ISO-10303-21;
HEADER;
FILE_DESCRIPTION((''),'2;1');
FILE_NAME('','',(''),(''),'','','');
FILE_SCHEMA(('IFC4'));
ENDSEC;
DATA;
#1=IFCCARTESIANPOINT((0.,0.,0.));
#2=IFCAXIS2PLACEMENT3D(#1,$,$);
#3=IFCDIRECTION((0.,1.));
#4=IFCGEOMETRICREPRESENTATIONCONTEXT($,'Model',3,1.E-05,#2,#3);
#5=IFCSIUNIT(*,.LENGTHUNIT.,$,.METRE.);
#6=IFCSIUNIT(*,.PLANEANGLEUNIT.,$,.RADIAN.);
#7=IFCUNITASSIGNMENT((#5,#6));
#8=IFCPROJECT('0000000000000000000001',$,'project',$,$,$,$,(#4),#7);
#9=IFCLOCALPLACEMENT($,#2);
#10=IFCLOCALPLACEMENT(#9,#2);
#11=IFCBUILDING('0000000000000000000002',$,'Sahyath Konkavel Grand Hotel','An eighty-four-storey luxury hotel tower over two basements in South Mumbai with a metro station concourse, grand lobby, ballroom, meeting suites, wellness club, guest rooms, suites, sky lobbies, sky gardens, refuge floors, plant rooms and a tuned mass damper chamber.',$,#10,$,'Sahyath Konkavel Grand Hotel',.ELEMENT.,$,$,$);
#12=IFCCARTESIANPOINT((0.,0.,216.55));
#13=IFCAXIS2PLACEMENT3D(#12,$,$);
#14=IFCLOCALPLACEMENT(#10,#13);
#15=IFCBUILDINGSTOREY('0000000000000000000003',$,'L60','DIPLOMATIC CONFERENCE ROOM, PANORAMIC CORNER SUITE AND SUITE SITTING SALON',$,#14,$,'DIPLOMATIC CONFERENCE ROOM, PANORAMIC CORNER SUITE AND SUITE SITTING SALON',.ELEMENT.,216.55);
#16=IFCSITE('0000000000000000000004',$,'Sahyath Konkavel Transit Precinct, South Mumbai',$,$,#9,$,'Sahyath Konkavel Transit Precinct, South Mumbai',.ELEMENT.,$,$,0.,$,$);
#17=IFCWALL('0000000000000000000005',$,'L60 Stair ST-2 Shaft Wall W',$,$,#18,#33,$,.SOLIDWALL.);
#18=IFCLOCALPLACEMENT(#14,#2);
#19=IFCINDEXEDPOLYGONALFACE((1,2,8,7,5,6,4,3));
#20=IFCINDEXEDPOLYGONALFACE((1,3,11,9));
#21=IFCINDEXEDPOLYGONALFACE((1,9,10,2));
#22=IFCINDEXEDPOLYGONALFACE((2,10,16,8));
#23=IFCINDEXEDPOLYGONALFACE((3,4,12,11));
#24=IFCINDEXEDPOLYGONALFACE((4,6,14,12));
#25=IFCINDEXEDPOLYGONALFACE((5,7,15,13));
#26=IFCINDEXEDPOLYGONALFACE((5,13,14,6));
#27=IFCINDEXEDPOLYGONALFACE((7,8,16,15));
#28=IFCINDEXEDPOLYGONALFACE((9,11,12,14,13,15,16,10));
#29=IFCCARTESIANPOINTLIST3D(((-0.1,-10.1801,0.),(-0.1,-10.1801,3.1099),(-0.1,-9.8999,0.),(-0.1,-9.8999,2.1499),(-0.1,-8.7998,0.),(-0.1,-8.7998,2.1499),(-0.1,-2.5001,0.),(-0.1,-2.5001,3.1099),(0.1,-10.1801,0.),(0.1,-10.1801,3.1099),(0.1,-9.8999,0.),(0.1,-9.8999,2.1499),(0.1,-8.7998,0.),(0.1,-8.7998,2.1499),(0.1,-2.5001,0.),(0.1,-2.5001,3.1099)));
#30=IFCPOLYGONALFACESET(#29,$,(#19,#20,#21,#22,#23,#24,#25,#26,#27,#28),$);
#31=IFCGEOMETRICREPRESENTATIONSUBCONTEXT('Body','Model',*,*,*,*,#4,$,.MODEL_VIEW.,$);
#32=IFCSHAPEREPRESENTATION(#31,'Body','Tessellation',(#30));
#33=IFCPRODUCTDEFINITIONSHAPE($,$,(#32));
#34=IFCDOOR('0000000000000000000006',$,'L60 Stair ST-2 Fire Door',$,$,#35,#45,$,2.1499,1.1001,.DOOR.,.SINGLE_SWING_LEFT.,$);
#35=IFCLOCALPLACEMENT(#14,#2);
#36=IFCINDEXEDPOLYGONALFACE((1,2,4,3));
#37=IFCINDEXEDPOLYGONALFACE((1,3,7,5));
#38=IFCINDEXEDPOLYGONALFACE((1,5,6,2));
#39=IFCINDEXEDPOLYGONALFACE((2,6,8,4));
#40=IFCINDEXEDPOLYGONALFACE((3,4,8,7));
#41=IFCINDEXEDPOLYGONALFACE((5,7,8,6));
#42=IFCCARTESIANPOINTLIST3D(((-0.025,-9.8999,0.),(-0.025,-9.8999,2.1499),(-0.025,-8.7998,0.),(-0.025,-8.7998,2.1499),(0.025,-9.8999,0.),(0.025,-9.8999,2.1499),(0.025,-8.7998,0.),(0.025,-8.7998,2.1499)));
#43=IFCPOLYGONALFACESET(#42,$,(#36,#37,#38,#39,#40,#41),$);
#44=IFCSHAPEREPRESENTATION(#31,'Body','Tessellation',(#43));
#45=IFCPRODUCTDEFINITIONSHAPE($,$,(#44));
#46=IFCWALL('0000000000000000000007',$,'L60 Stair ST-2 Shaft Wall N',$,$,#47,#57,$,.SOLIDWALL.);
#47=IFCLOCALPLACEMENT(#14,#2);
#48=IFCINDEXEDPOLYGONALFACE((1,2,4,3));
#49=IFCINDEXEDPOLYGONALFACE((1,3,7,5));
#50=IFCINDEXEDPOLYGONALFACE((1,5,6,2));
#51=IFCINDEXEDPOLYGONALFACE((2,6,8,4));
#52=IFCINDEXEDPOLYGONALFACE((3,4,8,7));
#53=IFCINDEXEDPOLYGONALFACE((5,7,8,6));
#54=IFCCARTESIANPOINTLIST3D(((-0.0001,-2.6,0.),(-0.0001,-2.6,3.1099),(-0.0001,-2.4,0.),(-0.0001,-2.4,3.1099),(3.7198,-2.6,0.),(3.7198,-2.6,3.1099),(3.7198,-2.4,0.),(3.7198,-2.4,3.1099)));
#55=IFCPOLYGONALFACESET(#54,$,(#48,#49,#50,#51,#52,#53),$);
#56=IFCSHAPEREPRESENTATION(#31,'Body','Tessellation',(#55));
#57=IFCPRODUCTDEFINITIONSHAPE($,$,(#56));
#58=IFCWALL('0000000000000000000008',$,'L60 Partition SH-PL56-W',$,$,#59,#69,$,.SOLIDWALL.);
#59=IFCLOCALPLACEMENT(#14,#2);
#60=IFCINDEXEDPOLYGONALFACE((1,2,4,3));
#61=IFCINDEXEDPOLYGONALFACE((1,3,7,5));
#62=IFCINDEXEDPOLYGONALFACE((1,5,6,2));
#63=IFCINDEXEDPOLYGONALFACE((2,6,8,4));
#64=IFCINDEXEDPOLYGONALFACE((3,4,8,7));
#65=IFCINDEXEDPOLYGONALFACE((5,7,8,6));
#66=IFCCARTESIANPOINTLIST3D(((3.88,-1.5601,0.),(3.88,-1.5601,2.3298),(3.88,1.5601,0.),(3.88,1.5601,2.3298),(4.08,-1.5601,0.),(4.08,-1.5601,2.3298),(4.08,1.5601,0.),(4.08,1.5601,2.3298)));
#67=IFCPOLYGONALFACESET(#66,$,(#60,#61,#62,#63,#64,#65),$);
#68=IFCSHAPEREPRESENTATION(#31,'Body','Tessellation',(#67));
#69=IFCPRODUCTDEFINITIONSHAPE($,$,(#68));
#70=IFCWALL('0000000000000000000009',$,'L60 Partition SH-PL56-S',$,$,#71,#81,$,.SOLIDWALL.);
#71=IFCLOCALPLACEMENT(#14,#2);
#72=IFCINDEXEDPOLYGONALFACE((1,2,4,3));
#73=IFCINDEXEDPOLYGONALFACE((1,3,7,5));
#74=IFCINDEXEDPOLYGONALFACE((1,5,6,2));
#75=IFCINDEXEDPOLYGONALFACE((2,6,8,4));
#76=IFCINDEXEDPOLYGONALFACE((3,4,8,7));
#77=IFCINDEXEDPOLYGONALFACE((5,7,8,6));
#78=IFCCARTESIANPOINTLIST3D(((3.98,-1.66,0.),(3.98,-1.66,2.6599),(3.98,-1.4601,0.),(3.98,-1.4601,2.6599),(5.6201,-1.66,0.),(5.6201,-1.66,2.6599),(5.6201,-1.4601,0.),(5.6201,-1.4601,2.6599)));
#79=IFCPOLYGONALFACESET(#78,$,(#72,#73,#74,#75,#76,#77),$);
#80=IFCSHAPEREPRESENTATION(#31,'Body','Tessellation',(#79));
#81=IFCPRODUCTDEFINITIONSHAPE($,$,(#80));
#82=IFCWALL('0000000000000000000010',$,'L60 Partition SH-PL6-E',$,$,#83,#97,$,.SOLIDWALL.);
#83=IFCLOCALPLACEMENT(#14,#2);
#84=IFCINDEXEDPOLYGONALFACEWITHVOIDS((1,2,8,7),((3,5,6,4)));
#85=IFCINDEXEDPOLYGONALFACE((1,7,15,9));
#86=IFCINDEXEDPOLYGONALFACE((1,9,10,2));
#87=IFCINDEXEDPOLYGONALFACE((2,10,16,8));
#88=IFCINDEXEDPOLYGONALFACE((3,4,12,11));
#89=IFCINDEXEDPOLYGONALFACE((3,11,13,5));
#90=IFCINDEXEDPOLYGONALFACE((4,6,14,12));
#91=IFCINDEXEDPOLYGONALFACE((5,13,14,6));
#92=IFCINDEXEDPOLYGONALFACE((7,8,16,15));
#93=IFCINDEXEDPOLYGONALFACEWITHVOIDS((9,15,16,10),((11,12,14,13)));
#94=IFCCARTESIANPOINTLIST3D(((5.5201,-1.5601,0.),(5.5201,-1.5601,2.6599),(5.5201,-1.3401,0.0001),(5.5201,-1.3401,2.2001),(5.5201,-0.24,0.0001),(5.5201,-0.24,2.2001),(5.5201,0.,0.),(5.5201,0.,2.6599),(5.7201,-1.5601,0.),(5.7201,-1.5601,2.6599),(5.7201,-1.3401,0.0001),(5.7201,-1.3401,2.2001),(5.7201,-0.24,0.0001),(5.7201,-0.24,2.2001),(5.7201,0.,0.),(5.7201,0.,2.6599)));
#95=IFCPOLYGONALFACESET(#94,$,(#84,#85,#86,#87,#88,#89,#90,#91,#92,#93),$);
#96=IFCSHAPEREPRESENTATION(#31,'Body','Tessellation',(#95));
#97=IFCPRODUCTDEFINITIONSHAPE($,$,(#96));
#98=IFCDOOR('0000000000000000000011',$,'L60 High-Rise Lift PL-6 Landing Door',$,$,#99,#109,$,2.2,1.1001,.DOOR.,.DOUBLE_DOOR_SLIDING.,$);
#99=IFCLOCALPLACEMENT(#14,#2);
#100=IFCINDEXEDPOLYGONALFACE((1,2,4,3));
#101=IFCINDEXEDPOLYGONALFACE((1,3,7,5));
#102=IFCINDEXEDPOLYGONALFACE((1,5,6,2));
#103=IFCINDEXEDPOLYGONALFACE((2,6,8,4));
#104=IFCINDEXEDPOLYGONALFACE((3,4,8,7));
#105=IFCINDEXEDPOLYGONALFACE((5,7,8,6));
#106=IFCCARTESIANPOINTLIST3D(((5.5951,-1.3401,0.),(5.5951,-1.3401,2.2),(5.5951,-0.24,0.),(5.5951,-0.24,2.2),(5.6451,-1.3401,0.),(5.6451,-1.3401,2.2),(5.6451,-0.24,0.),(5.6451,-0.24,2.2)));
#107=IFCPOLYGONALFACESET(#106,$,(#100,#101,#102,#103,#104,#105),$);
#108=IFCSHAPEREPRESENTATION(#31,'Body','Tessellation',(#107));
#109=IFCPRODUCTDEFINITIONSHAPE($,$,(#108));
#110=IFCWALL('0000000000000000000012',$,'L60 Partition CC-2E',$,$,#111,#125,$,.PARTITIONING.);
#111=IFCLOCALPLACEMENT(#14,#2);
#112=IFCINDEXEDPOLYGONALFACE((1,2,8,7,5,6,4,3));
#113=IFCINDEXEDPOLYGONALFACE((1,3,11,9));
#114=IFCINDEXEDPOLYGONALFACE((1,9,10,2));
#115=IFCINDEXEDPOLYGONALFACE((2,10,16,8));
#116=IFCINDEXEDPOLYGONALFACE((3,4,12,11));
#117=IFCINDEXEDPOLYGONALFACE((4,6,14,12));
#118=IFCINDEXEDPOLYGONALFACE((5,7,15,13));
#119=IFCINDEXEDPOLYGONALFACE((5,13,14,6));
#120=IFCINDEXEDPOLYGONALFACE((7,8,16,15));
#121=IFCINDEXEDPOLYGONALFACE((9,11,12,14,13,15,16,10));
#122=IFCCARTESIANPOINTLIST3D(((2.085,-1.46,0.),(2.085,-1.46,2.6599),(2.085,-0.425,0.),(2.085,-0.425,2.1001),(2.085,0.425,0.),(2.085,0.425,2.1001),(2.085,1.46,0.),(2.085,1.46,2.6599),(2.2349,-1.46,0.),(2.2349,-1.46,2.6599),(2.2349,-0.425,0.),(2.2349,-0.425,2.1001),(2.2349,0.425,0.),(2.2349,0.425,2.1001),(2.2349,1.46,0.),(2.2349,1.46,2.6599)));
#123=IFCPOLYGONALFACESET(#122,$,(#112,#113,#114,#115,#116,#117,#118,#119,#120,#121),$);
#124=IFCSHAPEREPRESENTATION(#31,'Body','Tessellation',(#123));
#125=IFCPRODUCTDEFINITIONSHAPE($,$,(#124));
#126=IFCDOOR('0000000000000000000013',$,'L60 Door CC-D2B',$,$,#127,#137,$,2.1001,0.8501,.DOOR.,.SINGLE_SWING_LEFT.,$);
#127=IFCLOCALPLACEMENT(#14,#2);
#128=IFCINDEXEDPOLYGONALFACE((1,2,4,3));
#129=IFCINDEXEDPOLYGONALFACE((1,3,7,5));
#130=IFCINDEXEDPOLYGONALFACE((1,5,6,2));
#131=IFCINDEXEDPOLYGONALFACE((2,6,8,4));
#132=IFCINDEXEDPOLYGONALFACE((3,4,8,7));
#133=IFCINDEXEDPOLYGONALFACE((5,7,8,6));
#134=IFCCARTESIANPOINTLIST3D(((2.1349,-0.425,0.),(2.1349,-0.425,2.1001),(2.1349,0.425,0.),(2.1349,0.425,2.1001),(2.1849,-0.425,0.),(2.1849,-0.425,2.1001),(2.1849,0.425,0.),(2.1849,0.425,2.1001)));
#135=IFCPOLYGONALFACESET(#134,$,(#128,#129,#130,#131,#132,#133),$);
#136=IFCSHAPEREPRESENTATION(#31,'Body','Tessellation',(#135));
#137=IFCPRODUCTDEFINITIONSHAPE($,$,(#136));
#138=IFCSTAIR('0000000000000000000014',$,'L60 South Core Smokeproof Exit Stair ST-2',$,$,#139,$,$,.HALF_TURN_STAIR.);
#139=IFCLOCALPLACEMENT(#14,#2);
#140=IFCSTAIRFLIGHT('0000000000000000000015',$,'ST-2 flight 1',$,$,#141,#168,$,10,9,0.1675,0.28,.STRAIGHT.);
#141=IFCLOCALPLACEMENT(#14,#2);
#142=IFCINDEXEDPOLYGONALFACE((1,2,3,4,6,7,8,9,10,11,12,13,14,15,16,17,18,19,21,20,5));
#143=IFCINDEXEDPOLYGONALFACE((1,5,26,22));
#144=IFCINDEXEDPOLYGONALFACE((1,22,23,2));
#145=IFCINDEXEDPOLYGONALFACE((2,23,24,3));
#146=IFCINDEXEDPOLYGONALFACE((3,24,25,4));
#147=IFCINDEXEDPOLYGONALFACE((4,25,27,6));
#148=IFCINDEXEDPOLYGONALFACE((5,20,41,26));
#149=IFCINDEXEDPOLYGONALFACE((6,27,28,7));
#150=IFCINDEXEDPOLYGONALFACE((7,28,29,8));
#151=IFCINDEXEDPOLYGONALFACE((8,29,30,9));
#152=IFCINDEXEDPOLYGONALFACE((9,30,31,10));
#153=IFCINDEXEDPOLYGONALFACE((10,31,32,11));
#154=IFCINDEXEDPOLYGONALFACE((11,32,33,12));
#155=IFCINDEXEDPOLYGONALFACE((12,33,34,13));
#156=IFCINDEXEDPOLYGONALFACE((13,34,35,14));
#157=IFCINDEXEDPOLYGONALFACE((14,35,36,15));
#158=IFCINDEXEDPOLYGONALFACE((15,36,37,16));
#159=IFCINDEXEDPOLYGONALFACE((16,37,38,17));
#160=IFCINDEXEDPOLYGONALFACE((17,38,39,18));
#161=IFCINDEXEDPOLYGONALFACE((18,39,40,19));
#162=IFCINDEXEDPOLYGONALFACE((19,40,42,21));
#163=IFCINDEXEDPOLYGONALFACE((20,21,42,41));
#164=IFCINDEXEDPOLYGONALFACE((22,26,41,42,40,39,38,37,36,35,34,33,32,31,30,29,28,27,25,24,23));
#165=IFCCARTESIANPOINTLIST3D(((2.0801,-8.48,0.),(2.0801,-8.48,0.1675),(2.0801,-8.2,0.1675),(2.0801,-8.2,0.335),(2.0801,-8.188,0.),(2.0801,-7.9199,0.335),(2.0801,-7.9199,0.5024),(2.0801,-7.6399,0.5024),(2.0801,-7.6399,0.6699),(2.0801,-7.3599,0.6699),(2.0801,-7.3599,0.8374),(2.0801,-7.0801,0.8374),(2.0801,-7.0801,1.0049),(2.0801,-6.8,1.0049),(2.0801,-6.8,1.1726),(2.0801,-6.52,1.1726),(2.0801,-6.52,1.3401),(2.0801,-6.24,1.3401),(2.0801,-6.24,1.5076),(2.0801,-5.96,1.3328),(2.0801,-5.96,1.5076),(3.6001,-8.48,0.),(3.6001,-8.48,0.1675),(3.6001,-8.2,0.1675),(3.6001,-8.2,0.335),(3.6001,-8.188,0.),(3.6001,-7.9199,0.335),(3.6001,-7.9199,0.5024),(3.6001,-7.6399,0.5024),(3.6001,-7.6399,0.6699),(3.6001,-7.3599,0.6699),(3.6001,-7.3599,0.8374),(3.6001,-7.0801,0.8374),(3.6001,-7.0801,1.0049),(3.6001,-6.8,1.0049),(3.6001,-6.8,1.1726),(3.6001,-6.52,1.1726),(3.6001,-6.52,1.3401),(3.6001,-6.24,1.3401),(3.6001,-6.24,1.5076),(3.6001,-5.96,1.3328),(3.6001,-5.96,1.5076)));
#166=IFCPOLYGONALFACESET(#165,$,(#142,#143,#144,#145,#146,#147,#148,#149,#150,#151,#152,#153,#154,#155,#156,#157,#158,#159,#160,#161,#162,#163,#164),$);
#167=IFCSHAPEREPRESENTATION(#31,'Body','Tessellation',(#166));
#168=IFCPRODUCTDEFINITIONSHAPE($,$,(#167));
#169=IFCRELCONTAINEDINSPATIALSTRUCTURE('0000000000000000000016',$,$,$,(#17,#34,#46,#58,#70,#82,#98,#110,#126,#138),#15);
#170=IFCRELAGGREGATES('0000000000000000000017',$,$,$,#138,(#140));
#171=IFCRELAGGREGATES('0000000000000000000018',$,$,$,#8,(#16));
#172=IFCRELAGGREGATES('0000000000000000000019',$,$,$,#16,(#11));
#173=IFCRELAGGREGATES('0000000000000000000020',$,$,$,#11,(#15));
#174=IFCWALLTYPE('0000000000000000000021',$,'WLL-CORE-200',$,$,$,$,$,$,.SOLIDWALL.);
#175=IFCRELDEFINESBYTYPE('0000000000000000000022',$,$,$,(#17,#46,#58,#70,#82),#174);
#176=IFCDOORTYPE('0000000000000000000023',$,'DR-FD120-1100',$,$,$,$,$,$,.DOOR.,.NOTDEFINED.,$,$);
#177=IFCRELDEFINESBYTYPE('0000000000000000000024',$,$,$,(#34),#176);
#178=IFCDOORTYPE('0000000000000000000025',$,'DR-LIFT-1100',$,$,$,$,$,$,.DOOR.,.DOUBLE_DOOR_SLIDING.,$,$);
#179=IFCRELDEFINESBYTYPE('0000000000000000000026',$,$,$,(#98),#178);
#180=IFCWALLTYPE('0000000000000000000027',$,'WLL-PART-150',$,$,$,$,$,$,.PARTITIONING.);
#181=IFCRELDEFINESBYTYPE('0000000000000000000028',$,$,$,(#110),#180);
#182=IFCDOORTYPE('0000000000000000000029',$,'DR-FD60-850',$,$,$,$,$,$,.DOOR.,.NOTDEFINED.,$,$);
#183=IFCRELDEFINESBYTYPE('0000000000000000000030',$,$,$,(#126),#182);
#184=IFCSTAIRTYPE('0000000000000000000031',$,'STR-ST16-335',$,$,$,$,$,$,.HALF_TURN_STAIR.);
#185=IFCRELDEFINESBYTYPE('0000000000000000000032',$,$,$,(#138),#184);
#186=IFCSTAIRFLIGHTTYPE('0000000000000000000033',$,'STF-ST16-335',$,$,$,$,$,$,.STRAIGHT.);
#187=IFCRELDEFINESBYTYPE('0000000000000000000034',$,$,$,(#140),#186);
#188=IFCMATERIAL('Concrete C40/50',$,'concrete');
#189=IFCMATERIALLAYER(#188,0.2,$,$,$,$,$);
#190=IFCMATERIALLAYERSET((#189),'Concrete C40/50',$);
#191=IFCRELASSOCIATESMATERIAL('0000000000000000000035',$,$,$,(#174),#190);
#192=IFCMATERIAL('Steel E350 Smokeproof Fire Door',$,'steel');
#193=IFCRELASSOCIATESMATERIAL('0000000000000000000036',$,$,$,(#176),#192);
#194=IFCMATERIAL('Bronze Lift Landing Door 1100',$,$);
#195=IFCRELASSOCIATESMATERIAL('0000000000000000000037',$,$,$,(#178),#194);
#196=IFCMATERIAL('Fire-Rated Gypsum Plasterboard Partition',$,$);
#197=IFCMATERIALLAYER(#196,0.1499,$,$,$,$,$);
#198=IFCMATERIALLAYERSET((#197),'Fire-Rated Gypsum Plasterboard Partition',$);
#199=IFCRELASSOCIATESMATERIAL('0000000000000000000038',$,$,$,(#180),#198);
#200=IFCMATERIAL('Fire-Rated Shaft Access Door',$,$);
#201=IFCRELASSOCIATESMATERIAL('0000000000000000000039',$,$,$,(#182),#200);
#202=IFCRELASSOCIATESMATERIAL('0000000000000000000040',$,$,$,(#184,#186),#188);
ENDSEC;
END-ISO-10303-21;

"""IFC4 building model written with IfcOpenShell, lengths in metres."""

from ifc_helpers import new_model, si_unit, direction, frame, frame_2d, origin, origin_2d, place, context, subcontext, project, spatial, polyline, rectangle, outline, extrude, source, transform, mapped, material, layer, layer_set, type_object, element, fill, aggregate, save


model = new_model("IFC4")

# Units and contexts
model_context = context("Model", 3, precision=1e-05, world=origin(), true_north=direction((0.0, 1.0)))
body_context = subcontext(model_context, "Body", "Model", "MODEL_VIEW")
ifc_project = project(units=[si_unit("LENGTHUNIT", "METRE"), si_unit("PLANEANGLEUNIT", "RADIAN")], contexts=[model_context])

# Site, building, storey
site_placement = place(None, origin())
site = spatial("IfcSite", under=ifc_project, at=site_placement, Name="Sahyath Konkavel Transit Precinct, South Mumbai", LongName="Sahyath Konkavel Transit Precinct, South Mumbai", CompositionType="ELEMENT", RefElevation=0.0)
building_placement = place(site_placement, origin())
building = spatial("IfcBuilding", under=site, at=building_placement, Name="Sahyath Konkavel Grand Hotel", Description="An eighty-four-storey luxury hotel tower over two basements in South Mumbai with a metro station concourse, grand lobby, ballroom, meeting suites, wellness club, guest rooms, suites, sky lobbies, sky gardens, refuge floors, plant rooms and a tuned mass damper chamber.", LongName="Sahyath Konkavel Grand Hotel", CompositionType="ELEMENT")
storey_placement = place(building_placement, frame((0.0, 0.0, 216.55)))
storey = spatial("IfcBuildingStorey", under=building, at=storey_placement, Name="L60", Description="DIPLOMATIC CONFERENCE ROOM, PANORAMIC CORNER SUITE AND SUITE SITTING SALON", LongName="DIPLOMATIC CONFERENCE ROOM, PANORAMIC CORNER SUITE AND SUITE SITTING SALON", CompositionType="ELEMENT", Elevation=216.55)

# Shared definitions
ifc_material_1 = material(Name="Concrete C40/50", Category="concrete")

# Wall, opening, door
ifc_layer_1 = layer(ifc_material_1, 0.2)
ifc_layer_set_1 = layer_set([ifc_layer_1], Name="Concrete C40/50")
wall_type_1 = type_object("IfcWallType", Name="WLL-CORE-200", PredefinedType="SOLIDWALL", material=ifc_layer_set_1)
wall_1_placement = place(storey_placement, frame((0.0, -10.1799, 0.0), z_axis=(0.0, 0.0, 1.0), x_axis=(0.0, 1.0, 0.0)))
wall_1 = element("IfcWall", 1, at=wall_1_placement, inside=storey, type_object=wall_type_1, Name="L60 Stair ST-2 Shaft Wall W", PredefinedType="SOLIDWALL", context=body_context, shape_type="SweptSolid", body=[
    extrude(rectangle(XDim=7.6799, YDim=0.2, at=frame_2d((3.8398, 0.0))), origin(), (0.0, 0.0, 1.0), 3.1099),
])
opening_1_placement = place(wall_1_placement, frame((0.28, 0.0, 0.0)))
opening_1 = element("IfcOpeningElement", 2, at=opening_1_placement, cuts=wall_1, PredefinedType="OPENING", context=body_context, shape_type="SweptSolid", body=[
    extrude(rectangle(XDim=1.1001, YDim=2.1499, at=frame_2d((0.55, 1.075))), frame((0.0, 0.1099, 0.0), z_axis=(0.0, -1.0, 0.0), x_axis=(1.0, 0.0, 0.0)), (0.0, 0.0, 1.0), 0.22),
])
ifc_material_2 = material(Name="Steel E350 Smokeproof Fire Door", Category="steel")
door_type_1 = type_object("IfcDoorType", Name="DR-FD120-1100", OperationType="NOTDEFINED", PredefinedType="DOOR", material=ifc_material_2)
shared_shape_1 = source(origin(), body_context, "Body", "SweptSolid", [
    extrude(rectangle(XDim=1.1001, YDim=0.05, at=origin_2d()), origin(), (0.0, 0.0, 1.0), 2.1499),
])
door_1_placement = place(opening_1_placement, frame((0.55, 0.0, 0.0)))
door_1 = element("IfcDoor", 3, at=door_1_placement, inside=storey, type_object=door_type_1, Name="L60 Stair ST-2 Fire Door", OperationType="SINGLE_SWING_LEFT", OverallHeight=2.1499, OverallWidth=1.1001, PredefinedType="DOOR", context=body_context, shape_type="MappedRepresentation", body=[
    mapped(shared_shape_1, transform((0.0, 0.0, 0.0), scale=1.0)),
])
fill(opening_1, door_1)

# Walls
wall_2_placement = place(storey_placement, frame((0.0, -2.5, 0.0), z_axis=(0.0, 0.0, 1.0), x_axis=(1.0, 0.0, 0.0)))
element("IfcWall", 4, at=wall_2_placement, inside=storey, type_object=wall_type_1, Name="L60 Stair ST-2 Shaft Wall N", PredefinedType="SOLIDWALL", context=body_context, shape_type="SweptSolid", body=[
    extrude(rectangle(XDim=3.72, YDim=0.2, at=frame_2d((1.8599, 0.0))), origin(), (0.0, 0.0, 1.0), 3.1099),
])
wall_3_placement = place(storey_placement, frame((3.98, -1.5601, 0.0), z_axis=(0.0, 0.0, 1.0), x_axis=(0.0, 1.0, 0.0)))
element("IfcWall", 5, at=wall_3_placement, inside=storey, type_object=wall_type_1, Name="L60 Partition SH-PL56-W", PredefinedType="SOLIDWALL", context=body_context, shape_type="SweptSolid", body=[
    extrude(rectangle(XDim=3.1201, YDim=0.2, at=frame_2d((1.5601, 0.0))), origin(), (0.0, 0.0, 1.0), 2.3298),
])
wall_4_placement = place(storey_placement, frame((3.98, -1.5601, 0.0), z_axis=(0.0, 0.0, 1.0), x_axis=(1.0, 0.0, 0.0)))
element("IfcWall", 6, at=wall_4_placement, inside=storey, type_object=wall_type_1, Name="L60 Partition SH-PL56-S", PredefinedType="SOLIDWALL", context=body_context, shape_type="SweptSolid", body=[
    extrude(rectangle(XDim=1.6401, YDim=0.2, at=frame_2d((0.8201, 0.0))), origin(), (0.0, 0.0, 1.0), 2.6599),
])

# Walls, openings, doors
wall_5_placement = place(storey_placement, frame((5.6201, -1.5601, 0.0), z_axis=(0.0, 0.0, 1.0), x_axis=(0.0, 1.0, 0.0)))
wall_5 = element("IfcWall", 7, at=wall_5_placement, inside=storey, type_object=wall_type_1, Name="L60 Partition SH-PL6-E", PredefinedType="SOLIDWALL", context=body_context, shape_type="SweptSolid", body=[
    extrude(rectangle(XDim=1.5601, YDim=0.2, at=frame_2d((0.78, 0.0))), origin(), (0.0, 0.0, 1.0), 2.6599),
])
opening_2_placement = place(wall_5_placement, frame((0.22, 0.0, 0.0)))
opening_2 = element("IfcOpeningElement", 8, at=opening_2_placement, cuts=wall_5, PredefinedType="OPENING", context=body_context, shape_type="SweptSolid", body=[
    extrude(rectangle(XDim=1.1001, YDim=2.2, at=frame_2d((0.55, 1.1001))), frame((0.0, 0.1099, 0.0), z_axis=(0.0, -1.0, 0.0), x_axis=(1.0, 0.0, 0.0)), (0.0, 0.0, 1.0), 0.22),
])
ifc_material_3 = material(Name="Bronze Lift Landing Door 1100")
door_type_2 = type_object("IfcDoorType", Name="DR-LIFT-1100", OperationType="DOUBLE_DOOR_SLIDING", PredefinedType="DOOR", material=ifc_material_3)
shared_shape_2 = source(origin(), body_context, "Body", "SweptSolid", [
    extrude(rectangle(XDim=1.1001, YDim=0.05, at=origin_2d()), origin(), (0.0, 0.0, 1.0), 2.2),
])
door_2_placement = place(opening_2_placement, frame((0.55, 0.0, 0.0)))
door_2 = element("IfcDoor", 9, at=door_2_placement, inside=storey, type_object=door_type_2, Name="L60 High-Rise Lift PL-6 Landing Door", OperationType="DOUBLE_DOOR_SLIDING", OverallHeight=2.2, OverallWidth=1.1001, PredefinedType="DOOR", context=body_context, shape_type="MappedRepresentation", body=[
    mapped(shared_shape_2, transform((0.0, 0.0, 0.0), scale=1.0)),
])
fill(opening_2, door_2)
ifc_material_4 = material(Name="Fire-Rated Gypsum Plasterboard Partition")
ifc_layer_2 = layer(ifc_material_4, 0.1499)
ifc_layer_set_2 = layer_set([ifc_layer_2], Name="Fire-Rated Gypsum Plasterboard Partition")
wall_type_2 = type_object("IfcWallType", Name="WLL-PART-150", PredefinedType="PARTITIONING", material=ifc_layer_set_2)
wall_6_placement = place(storey_placement, frame((2.1599, -1.46, 0.0), z_axis=(0.0, 0.0, 1.0), x_axis=(0.0, 1.0, 0.0)))
wall_6 = element("IfcWall", 10, at=wall_6_placement, inside=storey, type_object=wall_type_2, Name="L60 Partition CC-2E", PredefinedType="PARTITIONING", context=body_context, shape_type="SweptSolid", body=[
    extrude(rectangle(XDim=2.9199, YDim=0.1499, at=frame_2d((1.46, 0.0))), origin(), (0.0, 0.0, 1.0), 2.6599),
])
opening_3_placement = place(wall_6_placement, frame((1.0349, 0.0, 0.0)))
opening_3 = element("IfcOpeningElement", 11, at=opening_3_placement, cuts=wall_6, PredefinedType="OPENING", context=body_context, shape_type="SweptSolid", body=[
    extrude(rectangle(XDim=0.8501, YDim=2.1001, at=frame_2d((0.425, 1.05))), frame((0.0, 0.085, 0.0), z_axis=(0.0, -1.0, 0.0), x_axis=(1.0, 0.0, 0.0)), (0.0, 0.0, 1.0), 0.1699),
])
ifc_material_5 = material(Name="Fire-Rated Shaft Access Door")
door_type_3 = type_object("IfcDoorType", Name="DR-FD60-850", OperationType="NOTDEFINED", PredefinedType="DOOR", material=ifc_material_5)
shared_shape_3 = source(origin(), body_context, "Body", "SweptSolid", [
    extrude(rectangle(XDim=0.8501, YDim=0.05, at=origin_2d()), origin(), (0.0, 0.0, 1.0), 2.1001),
])
door_3_placement = place(opening_3_placement, frame((0.425, 0.0, 0.0)))
door_3 = element("IfcDoor", 12, at=door_3_placement, inside=storey, type_object=door_type_3, Name="L60 Door CC-D2B", OperationType="SINGLE_SWING_LEFT", OverallHeight=2.1001, OverallWidth=0.8501, PredefinedType="DOOR", context=body_context, shape_type="MappedRepresentation", body=[
    mapped(shared_shape_3, transform((0.0, 0.0, 0.0), scale=1.0)),
])
fill(opening_3, door_3)

# Stair, stair flight
stair_type = type_object("IfcStairType", Name="STR-ST16-335", PredefinedType="HALF_TURN_STAIR", material=ifc_material_1)
stair_placement = place(storey_placement, origin())
stair = element("IfcStair", 13, at=stair_placement, inside=storey, type_object=stair_type, Name="L60 South Core Smokeproof Exit Stair ST-2", PredefinedType="HALF_TURN_STAIR")
stair_flight_type = type_object("IfcStairFlightType", Name="STF-ST16-335", PredefinedType="STRAIGHT", material=ifc_material_1)
stair_flight_1_placement = place(storey_placement, frame((2.8401, -8.48, 0.0), z_axis=(0.0, 0.0, 1.0), x_axis=(0.0, 1.0, 0.0)))
stair_flight_1 = element("IfcStairFlight", 14, at=stair_flight_1_placement, type_object=stair_flight_type, Name="ST-2 flight 1", NumberOfRisers=10, NumberOfTreads=9, PredefinedType="STRAIGHT", RiserHeight=0.1675, TreadLength=0.28, context=body_context, shape_type="SweptSolid", body=[
    extrude(outline(polyline([(0.0, 0.0), (0.0, 0.1675), (0.28, 0.1675), (0.28, 0.335), (0.5601, 0.335), (0.5601, 0.5024), (0.8401, 0.5024), (0.8401, 0.6699), (1.1201, 0.6699), (1.1201, 0.8374), (1.3999, 0.8374), (1.3999, 1.0049), (1.6799, 1.0049), (1.6799, 1.1726), (1.96, 1.1726), (1.96, 1.3401), (2.24, 1.3401), (2.24, 1.5076), (2.52, 1.5076), (2.52, 1.675), (2.52, 1.3328), (0.292, 0.0), (0.0, 0.0)])), frame((0.0, 0.76, 0.0), z_axis=(0.0, -1.0, 0.0), x_axis=(1.0, 0.0, 0.0)), (0.0, 0.0, 1.0), 1.52),
])
aggregate(stair, [stair_flight_1])

save(model, "model.ifc")
